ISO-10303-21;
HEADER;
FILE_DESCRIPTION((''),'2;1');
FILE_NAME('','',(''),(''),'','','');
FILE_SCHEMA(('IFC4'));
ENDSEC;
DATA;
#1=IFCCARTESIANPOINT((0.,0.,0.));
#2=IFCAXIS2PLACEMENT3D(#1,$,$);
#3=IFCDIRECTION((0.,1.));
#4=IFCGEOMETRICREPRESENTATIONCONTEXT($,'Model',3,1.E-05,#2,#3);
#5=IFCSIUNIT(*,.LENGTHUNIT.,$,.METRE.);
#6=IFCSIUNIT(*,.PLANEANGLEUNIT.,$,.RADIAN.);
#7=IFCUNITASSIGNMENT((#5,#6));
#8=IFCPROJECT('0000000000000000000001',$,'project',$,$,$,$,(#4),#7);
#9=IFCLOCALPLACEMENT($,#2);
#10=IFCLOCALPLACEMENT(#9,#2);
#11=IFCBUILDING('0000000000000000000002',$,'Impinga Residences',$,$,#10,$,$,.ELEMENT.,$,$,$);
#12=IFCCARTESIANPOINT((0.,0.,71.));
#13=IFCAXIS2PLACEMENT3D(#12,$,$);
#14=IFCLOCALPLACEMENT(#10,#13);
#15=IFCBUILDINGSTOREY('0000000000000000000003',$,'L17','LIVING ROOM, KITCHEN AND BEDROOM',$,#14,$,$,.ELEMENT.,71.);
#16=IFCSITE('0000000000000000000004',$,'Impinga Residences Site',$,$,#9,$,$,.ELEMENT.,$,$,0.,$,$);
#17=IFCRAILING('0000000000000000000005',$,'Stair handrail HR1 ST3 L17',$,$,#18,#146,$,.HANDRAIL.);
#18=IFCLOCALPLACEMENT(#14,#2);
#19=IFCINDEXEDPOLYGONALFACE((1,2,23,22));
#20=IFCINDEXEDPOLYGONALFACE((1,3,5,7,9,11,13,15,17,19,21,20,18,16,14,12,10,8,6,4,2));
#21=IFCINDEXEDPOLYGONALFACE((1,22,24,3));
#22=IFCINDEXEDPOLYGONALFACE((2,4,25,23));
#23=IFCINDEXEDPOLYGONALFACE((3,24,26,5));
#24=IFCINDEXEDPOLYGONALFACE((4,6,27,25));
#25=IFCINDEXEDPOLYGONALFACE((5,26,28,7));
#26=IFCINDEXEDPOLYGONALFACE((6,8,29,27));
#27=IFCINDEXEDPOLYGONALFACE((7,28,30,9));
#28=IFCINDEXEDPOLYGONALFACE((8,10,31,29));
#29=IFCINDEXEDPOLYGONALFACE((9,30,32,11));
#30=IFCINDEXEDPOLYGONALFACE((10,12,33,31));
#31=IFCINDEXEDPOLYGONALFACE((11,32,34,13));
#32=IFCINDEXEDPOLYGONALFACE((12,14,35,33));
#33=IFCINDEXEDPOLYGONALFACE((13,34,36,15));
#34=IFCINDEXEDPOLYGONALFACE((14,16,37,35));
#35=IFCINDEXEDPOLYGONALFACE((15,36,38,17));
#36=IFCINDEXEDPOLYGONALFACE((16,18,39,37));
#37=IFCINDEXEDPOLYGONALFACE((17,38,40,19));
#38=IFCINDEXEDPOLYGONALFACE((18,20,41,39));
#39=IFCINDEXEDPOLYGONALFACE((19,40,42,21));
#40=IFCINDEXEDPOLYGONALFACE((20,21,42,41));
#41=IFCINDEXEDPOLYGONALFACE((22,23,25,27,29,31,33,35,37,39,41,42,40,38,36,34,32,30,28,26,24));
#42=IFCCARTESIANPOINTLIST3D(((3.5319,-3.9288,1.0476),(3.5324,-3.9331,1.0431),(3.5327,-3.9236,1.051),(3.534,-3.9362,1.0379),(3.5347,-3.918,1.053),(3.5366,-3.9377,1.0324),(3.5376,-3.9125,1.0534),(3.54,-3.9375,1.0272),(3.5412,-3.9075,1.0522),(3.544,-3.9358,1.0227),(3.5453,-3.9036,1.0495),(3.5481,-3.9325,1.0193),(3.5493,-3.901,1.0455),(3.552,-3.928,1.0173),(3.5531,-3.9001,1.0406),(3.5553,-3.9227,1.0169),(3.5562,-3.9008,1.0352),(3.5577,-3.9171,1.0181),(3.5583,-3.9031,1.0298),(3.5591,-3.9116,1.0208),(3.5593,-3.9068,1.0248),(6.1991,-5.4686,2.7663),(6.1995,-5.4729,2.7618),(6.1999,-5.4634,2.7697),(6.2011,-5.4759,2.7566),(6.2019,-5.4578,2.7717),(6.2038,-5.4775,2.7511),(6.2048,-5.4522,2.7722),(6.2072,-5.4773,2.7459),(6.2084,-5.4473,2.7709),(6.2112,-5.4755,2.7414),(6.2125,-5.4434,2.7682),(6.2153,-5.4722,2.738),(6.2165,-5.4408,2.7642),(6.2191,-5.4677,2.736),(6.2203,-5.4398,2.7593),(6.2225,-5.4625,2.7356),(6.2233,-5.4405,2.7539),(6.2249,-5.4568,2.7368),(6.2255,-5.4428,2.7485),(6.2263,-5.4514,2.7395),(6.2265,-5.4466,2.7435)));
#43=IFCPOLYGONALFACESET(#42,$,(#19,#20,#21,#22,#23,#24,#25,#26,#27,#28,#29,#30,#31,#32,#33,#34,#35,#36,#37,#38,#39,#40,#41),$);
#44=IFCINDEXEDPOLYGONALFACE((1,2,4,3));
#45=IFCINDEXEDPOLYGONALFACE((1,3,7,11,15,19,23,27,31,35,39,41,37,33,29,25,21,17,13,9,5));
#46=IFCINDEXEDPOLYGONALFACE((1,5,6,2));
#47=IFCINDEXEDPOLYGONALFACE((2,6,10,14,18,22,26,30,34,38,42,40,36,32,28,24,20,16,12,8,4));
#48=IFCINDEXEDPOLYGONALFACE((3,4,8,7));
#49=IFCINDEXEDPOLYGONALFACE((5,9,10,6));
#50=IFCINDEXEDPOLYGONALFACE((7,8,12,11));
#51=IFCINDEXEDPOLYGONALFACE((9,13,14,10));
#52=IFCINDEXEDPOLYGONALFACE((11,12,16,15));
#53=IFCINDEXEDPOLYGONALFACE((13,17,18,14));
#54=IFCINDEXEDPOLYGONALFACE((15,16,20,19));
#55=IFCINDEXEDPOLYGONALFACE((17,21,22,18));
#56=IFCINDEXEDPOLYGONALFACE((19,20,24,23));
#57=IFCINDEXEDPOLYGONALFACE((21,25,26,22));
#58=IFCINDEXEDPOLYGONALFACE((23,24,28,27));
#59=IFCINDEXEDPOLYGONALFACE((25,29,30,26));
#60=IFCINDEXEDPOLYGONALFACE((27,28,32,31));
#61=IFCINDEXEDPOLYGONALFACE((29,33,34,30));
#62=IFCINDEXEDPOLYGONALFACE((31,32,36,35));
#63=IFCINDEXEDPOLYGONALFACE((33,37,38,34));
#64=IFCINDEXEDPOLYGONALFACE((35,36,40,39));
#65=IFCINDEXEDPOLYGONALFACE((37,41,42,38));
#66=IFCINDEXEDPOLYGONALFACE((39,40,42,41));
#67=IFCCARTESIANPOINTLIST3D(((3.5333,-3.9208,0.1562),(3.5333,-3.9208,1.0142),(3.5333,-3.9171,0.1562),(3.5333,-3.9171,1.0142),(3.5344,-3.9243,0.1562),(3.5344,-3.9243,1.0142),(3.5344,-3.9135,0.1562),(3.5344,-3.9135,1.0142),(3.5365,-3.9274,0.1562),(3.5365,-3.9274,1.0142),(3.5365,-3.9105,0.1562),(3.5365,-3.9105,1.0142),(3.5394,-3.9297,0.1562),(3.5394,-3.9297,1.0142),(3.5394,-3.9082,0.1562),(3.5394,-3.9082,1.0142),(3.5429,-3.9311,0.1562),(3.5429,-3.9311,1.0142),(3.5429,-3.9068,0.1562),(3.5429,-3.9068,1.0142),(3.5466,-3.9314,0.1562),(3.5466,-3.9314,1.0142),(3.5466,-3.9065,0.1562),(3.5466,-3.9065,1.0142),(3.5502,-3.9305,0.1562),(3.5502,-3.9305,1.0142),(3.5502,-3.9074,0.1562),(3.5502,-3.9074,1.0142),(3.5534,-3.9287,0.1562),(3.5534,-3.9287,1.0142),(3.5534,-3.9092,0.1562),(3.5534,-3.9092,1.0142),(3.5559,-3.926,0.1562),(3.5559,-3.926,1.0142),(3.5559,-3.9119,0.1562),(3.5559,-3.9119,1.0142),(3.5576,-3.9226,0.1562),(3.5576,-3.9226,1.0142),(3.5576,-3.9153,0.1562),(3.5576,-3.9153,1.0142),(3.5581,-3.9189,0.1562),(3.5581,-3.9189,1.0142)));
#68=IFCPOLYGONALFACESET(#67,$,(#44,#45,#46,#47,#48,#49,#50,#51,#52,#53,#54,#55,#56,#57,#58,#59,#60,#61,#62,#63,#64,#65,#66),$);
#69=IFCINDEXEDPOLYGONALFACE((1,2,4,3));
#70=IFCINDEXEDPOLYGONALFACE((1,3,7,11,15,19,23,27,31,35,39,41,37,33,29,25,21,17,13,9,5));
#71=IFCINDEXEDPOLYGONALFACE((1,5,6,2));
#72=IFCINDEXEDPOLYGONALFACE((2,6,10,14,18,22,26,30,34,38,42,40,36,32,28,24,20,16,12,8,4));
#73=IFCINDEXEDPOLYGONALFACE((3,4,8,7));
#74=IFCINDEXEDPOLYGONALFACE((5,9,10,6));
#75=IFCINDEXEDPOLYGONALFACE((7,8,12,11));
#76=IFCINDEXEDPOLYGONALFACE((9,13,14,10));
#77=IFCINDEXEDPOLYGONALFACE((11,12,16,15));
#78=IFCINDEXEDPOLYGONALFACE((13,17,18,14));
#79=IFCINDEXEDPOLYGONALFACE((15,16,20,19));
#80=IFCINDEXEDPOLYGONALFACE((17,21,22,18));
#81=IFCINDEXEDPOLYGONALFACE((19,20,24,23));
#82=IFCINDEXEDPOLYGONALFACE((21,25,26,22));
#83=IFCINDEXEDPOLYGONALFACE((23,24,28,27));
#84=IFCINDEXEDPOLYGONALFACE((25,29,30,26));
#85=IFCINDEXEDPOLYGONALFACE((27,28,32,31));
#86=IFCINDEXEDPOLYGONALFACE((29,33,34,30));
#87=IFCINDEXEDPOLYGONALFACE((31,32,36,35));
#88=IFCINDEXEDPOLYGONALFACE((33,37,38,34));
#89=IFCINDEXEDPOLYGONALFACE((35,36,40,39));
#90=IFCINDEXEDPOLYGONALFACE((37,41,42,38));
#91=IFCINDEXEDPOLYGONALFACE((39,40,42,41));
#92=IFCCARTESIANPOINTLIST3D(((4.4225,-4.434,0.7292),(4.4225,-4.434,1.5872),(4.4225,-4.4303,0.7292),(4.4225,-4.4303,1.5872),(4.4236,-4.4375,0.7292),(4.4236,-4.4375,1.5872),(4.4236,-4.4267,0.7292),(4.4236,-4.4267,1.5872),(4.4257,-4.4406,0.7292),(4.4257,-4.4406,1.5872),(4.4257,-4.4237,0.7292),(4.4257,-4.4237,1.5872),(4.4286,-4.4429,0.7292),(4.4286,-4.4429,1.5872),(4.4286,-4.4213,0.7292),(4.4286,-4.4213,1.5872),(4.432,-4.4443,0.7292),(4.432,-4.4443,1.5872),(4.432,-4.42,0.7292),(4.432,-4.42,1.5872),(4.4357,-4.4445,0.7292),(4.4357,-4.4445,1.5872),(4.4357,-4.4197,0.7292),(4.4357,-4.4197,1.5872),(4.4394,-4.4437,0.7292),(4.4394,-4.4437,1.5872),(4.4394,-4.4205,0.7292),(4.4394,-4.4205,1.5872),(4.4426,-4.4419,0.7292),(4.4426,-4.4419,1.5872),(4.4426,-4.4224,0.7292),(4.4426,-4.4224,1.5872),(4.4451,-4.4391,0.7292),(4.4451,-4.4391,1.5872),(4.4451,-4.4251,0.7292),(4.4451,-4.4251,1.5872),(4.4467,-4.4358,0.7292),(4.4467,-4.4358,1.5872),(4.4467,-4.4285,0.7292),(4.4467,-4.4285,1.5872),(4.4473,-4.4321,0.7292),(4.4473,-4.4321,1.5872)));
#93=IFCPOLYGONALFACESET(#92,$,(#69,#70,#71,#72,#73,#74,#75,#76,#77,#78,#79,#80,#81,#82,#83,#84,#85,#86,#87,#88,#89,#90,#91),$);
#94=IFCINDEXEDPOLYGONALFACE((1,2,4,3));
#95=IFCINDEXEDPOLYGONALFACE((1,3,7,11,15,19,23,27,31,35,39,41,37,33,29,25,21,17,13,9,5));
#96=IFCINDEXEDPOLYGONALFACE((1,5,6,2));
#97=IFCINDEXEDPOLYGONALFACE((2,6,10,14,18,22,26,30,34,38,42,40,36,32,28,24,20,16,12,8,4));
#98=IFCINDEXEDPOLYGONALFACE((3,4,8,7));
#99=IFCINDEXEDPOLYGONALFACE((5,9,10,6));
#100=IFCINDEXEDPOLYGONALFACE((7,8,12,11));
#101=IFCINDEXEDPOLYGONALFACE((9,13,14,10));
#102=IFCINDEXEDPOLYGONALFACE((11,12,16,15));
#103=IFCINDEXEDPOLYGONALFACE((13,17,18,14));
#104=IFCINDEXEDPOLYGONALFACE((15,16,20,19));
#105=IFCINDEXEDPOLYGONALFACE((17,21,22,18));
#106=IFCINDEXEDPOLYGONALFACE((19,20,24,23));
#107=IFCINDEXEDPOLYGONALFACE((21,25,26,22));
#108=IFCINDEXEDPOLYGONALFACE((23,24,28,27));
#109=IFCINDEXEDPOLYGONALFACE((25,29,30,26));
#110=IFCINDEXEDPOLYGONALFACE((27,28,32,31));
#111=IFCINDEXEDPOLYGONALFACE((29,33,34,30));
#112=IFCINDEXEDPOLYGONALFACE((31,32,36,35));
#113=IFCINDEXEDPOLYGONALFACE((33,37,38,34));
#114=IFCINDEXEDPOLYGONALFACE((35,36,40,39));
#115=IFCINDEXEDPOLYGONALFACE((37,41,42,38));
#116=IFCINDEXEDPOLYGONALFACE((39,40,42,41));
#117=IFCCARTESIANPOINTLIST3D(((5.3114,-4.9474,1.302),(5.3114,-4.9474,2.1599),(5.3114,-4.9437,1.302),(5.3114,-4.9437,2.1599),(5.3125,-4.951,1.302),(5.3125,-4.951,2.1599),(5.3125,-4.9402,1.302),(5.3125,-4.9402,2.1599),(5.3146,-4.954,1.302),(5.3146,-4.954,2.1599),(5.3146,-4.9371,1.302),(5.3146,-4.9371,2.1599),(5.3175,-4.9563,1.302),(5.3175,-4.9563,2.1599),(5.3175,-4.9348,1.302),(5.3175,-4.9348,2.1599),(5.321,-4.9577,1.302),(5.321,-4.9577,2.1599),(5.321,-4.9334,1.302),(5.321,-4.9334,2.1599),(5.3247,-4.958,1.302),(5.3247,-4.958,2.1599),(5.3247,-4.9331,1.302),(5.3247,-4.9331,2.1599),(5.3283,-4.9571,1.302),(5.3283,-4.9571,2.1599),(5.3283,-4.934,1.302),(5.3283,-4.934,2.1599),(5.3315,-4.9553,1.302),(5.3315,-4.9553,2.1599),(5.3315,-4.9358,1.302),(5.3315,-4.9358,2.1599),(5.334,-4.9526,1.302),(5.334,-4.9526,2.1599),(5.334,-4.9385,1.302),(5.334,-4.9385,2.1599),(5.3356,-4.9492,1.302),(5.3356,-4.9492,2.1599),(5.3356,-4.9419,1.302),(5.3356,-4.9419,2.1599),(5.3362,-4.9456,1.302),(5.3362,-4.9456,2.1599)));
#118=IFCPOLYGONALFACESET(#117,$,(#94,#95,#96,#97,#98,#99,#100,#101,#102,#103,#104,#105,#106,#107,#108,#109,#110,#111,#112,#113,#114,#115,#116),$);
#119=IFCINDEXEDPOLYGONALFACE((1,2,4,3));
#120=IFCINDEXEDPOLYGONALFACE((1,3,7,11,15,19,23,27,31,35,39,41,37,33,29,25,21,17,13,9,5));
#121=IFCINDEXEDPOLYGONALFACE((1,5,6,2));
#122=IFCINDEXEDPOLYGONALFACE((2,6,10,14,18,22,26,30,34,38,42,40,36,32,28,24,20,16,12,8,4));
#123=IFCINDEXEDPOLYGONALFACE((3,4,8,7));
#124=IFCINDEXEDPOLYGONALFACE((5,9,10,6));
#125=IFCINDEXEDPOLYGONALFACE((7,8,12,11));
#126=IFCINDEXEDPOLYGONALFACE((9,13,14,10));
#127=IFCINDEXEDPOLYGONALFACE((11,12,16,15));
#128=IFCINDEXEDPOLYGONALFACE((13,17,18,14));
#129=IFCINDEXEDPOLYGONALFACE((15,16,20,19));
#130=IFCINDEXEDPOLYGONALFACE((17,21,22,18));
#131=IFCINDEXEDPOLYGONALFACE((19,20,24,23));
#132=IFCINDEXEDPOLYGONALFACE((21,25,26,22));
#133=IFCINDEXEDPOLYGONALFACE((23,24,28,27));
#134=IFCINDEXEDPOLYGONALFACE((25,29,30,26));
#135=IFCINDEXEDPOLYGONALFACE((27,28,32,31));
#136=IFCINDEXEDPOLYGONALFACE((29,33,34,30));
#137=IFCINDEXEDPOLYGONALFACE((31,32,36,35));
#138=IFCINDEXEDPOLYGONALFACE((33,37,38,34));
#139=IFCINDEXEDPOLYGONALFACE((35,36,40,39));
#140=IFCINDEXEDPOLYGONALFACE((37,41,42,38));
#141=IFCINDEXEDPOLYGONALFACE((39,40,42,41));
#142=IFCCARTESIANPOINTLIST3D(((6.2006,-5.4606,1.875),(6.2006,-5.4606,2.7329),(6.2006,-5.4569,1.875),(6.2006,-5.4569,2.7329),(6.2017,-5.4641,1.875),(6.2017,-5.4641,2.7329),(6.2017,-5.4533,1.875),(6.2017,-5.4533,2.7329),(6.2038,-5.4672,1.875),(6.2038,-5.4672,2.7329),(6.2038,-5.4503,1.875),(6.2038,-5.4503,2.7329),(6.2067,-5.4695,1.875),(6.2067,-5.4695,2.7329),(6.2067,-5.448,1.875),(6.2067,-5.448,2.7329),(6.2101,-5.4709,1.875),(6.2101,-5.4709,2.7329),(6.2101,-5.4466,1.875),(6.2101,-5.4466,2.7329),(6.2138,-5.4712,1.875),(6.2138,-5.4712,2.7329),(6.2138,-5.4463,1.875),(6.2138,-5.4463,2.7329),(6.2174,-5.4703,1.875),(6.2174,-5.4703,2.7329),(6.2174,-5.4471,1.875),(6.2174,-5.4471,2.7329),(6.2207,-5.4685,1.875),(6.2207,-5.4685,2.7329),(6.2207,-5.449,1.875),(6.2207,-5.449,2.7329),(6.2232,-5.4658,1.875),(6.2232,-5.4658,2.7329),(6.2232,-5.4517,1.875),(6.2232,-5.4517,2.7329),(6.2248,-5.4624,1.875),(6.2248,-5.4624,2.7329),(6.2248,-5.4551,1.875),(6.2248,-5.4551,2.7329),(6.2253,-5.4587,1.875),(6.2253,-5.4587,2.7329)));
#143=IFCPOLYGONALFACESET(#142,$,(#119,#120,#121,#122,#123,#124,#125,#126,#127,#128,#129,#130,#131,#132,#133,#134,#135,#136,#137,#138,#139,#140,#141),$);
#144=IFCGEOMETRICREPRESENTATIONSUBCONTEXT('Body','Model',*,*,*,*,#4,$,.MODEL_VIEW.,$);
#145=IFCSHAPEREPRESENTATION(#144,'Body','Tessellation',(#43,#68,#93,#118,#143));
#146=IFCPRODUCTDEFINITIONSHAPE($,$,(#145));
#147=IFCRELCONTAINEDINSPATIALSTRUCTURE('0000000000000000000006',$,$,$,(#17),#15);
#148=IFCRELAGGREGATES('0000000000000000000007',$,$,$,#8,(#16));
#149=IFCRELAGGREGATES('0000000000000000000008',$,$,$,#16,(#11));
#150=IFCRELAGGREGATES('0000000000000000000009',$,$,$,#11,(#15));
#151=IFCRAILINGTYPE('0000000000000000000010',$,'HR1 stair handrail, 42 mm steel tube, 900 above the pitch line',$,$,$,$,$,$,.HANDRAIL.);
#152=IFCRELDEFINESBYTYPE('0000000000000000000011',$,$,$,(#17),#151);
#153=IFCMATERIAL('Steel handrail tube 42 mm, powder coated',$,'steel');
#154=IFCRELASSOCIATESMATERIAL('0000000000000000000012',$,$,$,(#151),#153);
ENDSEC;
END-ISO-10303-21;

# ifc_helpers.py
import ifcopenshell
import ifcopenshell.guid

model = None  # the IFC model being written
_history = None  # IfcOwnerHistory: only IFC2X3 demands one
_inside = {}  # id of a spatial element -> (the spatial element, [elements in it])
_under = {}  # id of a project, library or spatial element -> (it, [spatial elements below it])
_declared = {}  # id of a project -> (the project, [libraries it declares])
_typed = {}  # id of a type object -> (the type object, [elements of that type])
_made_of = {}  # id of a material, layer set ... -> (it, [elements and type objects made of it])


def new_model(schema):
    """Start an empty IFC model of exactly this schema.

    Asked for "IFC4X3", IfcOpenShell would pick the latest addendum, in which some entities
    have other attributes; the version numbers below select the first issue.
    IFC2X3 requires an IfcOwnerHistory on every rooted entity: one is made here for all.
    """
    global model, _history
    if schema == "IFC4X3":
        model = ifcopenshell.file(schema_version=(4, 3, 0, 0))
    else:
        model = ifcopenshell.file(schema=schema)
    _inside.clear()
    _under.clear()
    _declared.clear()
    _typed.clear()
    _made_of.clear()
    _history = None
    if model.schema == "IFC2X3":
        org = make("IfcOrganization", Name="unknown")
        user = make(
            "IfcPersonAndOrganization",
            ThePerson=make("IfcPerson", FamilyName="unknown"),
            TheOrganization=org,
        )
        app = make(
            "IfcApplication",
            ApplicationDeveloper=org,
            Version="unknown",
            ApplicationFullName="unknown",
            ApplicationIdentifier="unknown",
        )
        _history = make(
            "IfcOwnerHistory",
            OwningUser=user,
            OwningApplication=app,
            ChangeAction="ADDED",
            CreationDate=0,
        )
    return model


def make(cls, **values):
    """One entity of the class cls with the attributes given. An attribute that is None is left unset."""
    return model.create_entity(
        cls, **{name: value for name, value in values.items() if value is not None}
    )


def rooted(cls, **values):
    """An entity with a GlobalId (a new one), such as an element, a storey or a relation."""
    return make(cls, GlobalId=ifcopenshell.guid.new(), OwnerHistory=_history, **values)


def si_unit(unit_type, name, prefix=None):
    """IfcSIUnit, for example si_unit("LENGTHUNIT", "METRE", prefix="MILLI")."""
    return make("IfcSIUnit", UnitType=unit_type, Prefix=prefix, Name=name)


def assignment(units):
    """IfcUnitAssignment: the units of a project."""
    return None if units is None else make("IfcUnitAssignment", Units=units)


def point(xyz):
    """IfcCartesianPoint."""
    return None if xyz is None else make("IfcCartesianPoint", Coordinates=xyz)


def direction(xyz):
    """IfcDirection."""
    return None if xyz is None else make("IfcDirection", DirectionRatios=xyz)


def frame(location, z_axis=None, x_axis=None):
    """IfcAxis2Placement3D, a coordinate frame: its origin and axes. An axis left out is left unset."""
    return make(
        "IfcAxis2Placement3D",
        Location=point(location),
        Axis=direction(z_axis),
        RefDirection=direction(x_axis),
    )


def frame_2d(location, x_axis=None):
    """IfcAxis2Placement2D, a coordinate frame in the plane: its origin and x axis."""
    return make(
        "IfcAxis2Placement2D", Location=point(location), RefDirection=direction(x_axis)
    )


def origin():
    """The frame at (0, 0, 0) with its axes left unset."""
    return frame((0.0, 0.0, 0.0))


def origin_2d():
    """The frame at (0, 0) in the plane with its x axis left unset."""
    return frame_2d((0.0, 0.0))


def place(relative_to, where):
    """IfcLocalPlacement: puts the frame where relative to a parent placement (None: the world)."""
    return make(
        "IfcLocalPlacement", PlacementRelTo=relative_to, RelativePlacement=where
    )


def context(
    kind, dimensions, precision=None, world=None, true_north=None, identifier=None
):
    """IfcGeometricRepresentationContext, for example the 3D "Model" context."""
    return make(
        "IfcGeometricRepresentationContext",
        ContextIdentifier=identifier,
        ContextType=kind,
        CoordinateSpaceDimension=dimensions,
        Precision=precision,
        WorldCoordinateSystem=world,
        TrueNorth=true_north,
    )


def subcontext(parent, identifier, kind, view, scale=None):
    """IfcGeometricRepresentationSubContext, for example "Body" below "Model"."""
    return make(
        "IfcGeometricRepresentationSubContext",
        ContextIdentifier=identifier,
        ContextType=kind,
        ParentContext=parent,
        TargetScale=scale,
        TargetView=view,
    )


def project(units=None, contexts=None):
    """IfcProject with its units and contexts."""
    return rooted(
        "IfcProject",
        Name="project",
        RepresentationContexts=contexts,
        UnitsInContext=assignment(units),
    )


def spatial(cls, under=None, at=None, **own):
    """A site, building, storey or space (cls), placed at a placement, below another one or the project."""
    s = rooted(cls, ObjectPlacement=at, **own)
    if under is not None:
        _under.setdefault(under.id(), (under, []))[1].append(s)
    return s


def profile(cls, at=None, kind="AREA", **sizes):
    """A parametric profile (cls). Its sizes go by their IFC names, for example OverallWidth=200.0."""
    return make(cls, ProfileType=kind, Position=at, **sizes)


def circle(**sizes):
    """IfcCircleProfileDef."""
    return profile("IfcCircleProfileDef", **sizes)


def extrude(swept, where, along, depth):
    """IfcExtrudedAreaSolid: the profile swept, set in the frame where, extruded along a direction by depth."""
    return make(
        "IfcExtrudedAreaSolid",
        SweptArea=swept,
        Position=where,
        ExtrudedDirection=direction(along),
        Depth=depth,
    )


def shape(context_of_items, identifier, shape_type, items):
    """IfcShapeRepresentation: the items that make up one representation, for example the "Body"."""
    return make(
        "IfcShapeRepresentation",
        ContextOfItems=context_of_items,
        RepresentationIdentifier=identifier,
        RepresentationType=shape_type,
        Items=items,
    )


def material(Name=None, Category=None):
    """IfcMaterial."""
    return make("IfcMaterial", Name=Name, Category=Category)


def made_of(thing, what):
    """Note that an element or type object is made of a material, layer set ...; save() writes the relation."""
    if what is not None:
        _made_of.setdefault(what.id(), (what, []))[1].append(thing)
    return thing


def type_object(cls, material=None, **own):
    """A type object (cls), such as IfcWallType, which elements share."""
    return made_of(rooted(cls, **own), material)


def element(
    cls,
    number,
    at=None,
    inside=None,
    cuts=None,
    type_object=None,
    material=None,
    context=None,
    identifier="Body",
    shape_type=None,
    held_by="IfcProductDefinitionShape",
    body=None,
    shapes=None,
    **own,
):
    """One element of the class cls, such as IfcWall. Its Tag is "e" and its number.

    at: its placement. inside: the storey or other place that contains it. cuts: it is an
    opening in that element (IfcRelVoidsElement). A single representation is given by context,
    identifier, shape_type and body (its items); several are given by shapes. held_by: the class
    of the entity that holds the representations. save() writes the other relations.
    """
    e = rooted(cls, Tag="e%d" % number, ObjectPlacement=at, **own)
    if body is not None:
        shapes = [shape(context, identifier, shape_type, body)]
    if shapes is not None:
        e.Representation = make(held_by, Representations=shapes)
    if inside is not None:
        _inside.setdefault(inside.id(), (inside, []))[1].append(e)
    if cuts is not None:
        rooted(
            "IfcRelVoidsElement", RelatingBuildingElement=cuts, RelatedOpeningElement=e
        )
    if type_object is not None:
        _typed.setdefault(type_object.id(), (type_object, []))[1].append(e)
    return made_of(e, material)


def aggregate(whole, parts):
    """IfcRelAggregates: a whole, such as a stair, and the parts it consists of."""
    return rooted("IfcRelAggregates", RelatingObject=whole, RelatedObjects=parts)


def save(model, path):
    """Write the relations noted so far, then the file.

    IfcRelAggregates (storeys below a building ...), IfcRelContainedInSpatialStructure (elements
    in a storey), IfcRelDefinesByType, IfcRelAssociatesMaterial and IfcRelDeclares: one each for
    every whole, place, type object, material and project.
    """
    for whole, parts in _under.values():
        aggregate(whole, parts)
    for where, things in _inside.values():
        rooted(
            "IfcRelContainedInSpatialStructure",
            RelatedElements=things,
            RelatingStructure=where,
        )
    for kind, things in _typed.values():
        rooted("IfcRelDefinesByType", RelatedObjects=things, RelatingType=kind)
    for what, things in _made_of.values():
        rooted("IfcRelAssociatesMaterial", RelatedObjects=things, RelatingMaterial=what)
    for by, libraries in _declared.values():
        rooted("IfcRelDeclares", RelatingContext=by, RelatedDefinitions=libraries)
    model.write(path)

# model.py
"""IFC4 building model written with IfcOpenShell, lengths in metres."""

from ifc_helpers import new_model, si_unit, direction, frame, origin, origin_2d, place, context, subcontext, project, spatial, circle, extrude, material, type_object, element, save


model = new_model("IFC4")

# Units and contexts
model_context = context("Model", 3, precision=1e-05, world=origin(), true_north=direction((0.0, 1.0)))
body_context = subcontext(model_context, "Body", "Model", "MODEL_VIEW")
ifc_project = project(units=[si_unit("LENGTHUNIT", "METRE"), si_unit("PLANEANGLEUNIT", "RADIAN")], contexts=[model_context])

# Site, building, storey
site_placement = place(None, origin())
site = spatial("IfcSite", under=ifc_project, at=site_placement, Name="Impinga Residences Site", CompositionType="ELEMENT", RefElevation=0.0)
building_placement = place(site_placement, origin())
building = spatial("IfcBuilding", under=site, at=building_placement, Name="Impinga Residences", CompositionType="ELEMENT")
storey_placement = place(building_placement, frame((0.0, 0.0, 71.0)))
storey = spatial("IfcBuildingStorey", under=building, at=storey_placement, Name="L17", Description="LIVING ROOM, KITCHEN AND BEDROOM", CompositionType="ELEMENT", Elevation=71.0)

# Railing
ifc_material_1 = material(Name="Steel handrail tube 42 mm, powder coated", Category="steel")
railing_type = type_object("IfcRailingType", Name="HR1 stair handrail, 42 mm steel tube, 900 above the pitch line", PredefinedType="HANDRAIL", material=ifc_material_1)
railing_placement = place(storey_placement, frame((3.5457, -3.9189, 0.1562)))
element("IfcRailing", 1, at=railing_placement, inside=storey, type_object=railing_type, Name="Stair handrail HR1 ST3 L17", PredefinedType="HANDRAIL", context=body_context, shape_type="SweptSolid", body=[
    extrude(circle(Radius=0.021, at=origin_2d()), frame((0.0, 0.0, 0.8789), z_axis=(0.756249, -0.436582, 0.487322), x_axis=(0.499967, 0.866044, 0.0)), (0.0, 0.0, 1.0), 3.5269),
    extrude(circle(Radius=0.0125, at=origin_2d()), origin(), (0.0, 0.0, 1.0), 0.8579),
    extrude(circle(Radius=0.0125, at=origin_2d()), frame((0.8892, -0.5132, 0.573)), (0.0, 0.0, 1.0), 0.8579),
    extrude(circle(Radius=0.0125, at=origin_2d()), frame((1.7781, -1.0266, 1.1458)), (0.0, 0.0, 1.0), 0.8579),
    extrude(circle(Radius=0.0125, at=origin_2d()), frame((2.6672, -1.5398, 1.7188)), (0.0, 0.0, 1.0), 0.8579),
])

save(model, "model.ifc")
